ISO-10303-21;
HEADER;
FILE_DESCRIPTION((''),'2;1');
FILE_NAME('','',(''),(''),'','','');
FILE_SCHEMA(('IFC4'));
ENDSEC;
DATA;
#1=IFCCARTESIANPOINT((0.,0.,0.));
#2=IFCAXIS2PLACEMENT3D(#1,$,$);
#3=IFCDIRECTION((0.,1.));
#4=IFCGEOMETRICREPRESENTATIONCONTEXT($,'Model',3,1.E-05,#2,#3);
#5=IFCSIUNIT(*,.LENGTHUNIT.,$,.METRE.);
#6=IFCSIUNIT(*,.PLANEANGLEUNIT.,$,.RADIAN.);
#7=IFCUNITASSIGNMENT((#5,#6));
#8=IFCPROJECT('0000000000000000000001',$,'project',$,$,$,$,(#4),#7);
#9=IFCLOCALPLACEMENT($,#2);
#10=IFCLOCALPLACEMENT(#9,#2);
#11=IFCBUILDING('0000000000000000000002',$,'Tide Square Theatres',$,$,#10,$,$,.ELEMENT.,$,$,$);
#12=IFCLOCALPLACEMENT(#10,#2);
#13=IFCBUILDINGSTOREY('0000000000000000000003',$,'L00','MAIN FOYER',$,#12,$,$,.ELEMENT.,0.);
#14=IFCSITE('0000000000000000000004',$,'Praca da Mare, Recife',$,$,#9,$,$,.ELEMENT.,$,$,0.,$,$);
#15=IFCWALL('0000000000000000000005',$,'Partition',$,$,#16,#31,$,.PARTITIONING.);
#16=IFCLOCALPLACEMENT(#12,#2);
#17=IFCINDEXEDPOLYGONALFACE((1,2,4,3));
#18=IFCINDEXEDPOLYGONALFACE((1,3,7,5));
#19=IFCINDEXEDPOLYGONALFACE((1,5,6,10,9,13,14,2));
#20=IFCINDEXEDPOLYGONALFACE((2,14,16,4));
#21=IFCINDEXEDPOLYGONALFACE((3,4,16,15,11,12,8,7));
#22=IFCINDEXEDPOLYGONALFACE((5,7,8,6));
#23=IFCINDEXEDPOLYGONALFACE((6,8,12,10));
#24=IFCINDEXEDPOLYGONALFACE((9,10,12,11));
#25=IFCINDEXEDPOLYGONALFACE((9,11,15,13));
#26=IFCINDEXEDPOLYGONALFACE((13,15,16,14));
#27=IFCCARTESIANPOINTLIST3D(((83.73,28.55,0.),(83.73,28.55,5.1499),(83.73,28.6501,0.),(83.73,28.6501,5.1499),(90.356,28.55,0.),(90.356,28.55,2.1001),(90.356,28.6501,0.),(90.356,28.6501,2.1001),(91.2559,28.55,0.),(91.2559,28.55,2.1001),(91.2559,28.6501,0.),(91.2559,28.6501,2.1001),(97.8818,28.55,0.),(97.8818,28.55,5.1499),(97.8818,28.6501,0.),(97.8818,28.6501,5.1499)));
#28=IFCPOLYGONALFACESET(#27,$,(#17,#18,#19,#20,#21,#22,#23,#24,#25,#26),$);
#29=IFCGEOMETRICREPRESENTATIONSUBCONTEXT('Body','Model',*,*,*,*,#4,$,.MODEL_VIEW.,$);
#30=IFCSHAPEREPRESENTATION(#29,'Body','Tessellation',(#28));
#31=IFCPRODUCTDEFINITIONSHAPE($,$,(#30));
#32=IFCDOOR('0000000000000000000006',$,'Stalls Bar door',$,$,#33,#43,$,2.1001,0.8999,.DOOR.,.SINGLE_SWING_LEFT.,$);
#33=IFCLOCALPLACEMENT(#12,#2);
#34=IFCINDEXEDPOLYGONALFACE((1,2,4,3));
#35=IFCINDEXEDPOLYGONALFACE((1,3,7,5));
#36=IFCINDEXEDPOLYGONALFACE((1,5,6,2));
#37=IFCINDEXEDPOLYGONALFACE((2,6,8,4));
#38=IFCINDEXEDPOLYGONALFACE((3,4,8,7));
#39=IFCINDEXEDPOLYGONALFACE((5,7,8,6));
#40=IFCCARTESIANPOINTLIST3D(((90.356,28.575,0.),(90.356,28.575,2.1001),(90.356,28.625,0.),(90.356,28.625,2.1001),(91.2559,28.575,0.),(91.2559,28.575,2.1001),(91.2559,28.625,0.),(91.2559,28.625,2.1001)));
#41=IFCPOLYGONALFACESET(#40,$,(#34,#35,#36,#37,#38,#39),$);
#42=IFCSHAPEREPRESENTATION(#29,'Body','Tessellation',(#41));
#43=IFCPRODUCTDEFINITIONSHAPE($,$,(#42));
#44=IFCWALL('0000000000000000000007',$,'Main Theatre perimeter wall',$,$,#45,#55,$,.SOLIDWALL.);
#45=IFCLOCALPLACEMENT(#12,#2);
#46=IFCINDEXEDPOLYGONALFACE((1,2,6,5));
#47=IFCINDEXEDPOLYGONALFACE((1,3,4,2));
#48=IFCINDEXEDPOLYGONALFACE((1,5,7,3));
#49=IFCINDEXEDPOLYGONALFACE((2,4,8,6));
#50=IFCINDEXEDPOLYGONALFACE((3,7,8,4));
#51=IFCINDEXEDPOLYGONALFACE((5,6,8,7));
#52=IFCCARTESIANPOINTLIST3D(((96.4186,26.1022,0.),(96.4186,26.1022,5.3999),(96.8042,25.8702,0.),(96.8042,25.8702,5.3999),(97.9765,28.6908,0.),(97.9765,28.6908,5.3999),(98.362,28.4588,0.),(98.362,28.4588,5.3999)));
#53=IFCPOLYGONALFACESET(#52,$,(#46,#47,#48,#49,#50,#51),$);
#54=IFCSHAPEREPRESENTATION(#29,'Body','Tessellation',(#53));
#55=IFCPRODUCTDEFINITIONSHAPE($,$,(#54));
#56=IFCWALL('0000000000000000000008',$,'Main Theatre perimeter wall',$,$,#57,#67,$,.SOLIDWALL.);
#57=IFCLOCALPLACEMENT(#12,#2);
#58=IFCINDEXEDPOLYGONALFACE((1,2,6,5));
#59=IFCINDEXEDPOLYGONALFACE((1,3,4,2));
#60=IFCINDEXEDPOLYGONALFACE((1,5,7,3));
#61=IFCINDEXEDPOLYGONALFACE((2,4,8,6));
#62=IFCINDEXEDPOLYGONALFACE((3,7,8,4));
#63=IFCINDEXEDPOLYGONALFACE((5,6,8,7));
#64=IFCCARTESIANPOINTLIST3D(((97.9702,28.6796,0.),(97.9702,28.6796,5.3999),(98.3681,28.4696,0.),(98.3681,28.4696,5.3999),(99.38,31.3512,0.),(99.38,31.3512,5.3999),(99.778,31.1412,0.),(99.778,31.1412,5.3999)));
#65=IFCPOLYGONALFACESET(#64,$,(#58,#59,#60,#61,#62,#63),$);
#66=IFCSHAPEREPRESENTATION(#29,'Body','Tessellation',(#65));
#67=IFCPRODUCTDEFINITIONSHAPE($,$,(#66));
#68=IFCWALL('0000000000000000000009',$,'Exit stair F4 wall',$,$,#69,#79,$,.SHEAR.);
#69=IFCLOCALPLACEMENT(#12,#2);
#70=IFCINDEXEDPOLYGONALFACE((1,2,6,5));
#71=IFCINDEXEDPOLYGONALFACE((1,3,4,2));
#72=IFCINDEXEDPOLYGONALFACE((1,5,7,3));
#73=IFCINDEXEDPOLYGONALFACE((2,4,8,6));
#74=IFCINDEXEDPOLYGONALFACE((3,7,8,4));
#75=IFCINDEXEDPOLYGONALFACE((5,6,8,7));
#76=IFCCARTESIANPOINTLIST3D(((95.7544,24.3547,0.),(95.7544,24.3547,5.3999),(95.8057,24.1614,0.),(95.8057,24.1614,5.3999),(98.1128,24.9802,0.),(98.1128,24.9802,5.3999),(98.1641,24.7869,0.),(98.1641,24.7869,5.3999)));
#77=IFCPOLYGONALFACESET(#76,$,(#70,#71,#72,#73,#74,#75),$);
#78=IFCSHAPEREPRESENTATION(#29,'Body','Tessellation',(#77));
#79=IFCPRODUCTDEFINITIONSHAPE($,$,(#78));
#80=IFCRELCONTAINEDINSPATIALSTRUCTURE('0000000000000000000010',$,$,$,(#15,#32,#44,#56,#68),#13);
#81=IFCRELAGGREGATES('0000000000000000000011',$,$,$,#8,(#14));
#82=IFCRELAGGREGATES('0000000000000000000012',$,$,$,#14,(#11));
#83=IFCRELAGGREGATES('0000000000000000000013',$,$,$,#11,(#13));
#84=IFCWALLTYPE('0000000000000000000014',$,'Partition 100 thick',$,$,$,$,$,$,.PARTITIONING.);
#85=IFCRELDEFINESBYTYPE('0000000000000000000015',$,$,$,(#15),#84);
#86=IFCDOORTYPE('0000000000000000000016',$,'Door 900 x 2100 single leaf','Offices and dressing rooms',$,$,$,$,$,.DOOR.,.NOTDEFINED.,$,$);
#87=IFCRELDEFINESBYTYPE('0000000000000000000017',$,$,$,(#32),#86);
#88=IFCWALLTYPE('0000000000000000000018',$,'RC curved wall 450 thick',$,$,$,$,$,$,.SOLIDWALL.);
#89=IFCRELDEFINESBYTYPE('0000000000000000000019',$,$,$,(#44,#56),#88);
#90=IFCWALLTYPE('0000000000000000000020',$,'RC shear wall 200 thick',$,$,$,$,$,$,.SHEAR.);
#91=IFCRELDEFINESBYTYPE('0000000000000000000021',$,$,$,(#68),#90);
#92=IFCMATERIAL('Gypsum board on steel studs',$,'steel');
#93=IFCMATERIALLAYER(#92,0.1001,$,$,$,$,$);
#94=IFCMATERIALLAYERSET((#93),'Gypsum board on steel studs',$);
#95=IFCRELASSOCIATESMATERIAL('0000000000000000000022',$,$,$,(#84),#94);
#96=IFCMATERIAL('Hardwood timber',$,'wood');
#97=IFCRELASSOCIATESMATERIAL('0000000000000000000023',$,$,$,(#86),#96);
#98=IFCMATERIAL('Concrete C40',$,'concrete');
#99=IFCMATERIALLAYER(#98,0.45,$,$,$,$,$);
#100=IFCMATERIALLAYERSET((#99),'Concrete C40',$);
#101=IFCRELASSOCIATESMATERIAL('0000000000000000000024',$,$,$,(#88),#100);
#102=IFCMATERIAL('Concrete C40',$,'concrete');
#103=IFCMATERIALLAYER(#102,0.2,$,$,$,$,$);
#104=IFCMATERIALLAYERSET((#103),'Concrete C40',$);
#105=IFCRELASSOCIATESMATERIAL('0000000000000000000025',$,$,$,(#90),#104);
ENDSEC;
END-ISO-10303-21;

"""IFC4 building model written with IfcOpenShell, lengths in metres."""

from ifc_helpers import new_model, si_unit, direction, frame, frame_2d, origin, place, context, subcontext, project, spatial, rectangle, extrude, material, layer, layer_set, type_object, element, fill, save


model = new_model("IFC4")

# Units and contexts
model_context = context("Model", 3, precision=1e-05, world=origin(), true_north=direction((0.0, 1.0)))
body_context = subcontext(model_context, "Body", "Model", "MODEL_VIEW")
ifc_project = project(units=[si_unit("LENGTHUNIT", "METRE"), si_unit("PLANEANGLEUNIT", "RADIAN")], contexts=[model_context])

# Site, building, storey
site_placement = place(None, origin())
site = spatial("IfcSite", under=ifc_project, at=site_placement, Name="Praca da Mare, Recife", CompositionType="ELEMENT", RefElevation=0.0)
building_placement = place(site_placement, origin())
building = spatial("IfcBuilding", under=site, at=building_placement, Name="Tide Square Theatres", CompositionType="ELEMENT")
storey_placement = place(building_placement, origin())
storey = spatial("IfcBuildingStorey", under=building, at=storey_placement, Name="L00", Description="MAIN FOYER", CompositionType="ELEMENT", Elevation=0.0)

# Wall, opening, door
ifc_material_1 = material(Name="Gypsum board on steel studs", Category="steel")
ifc_layer_1 = layer(ifc_material_1, 0.1001)
ifc_layer_set_1 = layer_set([ifc_layer_1], Name="Gypsum board on steel studs")
wall_type_1 = type_object("IfcWallType", Name="Partition 100 thick", PredefinedType="PARTITIONING", material=ifc_layer_set_1)
wall_1_placement = place(storey_placement, frame((97.8818, 28.6001, 0.0), z_axis=(0.0, 0.0, 1.0), x_axis=(-1.0, 0.0, 0.0)))
wall_1 = element("IfcWall", 1, at=wall_1_placement, inside=storey, type_object=wall_type_1, Name="Partition", PredefinedType="PARTITIONING", context=body_context, shape_type="SweptSolid", body=[
    extrude(rectangle(XDim=14.1519, YDim=0.1001, at=frame_2d((7.0759, 0.0))), origin(), (0.0, 0.0, 1.0), 5.1499),
])
opening_placement = place(wall_1_placement, frame((6.626, 0.0, 0.0)))
opening = element("IfcOpeningElement", 2, at=opening_placement, cuts=wall_1, PredefinedType="OPENING", context=body_context, shape_type="SweptSolid", body=[
    extrude(rectangle(XDim=0.8999, YDim=2.1001, at=frame_2d((0.45, 1.05))), frame((0.0, 0.0601, 0.0), z_axis=(0.0, -1.0, 0.0), x_axis=(1.0, 0.0, 0.0)), (0.0, 0.0, 1.0), 0.1201),
])
ifc_material_2 = material(Name="Hardwood timber", Category="wood")
door_type = type_object("IfcDoorType", Name="Door 900 x 2100 single leaf", Description="Offices and dressing rooms", OperationType="NOTDEFINED", PredefinedType="DOOR", material=ifc_material_2)
door_placement = place(opening_placement, frame((0.8999, 0.0, 0.0), z_axis=(0.0, 0.0, 1.0), x_axis=(-1.0, 0.0, 0.0)))
door = element("IfcDoor", 3, at=door_placement, inside=storey, type_object=door_type, Name="Stalls Bar door", OperationType="SINGLE_SWING_LEFT", OverallHeight=2.1001, OverallWidth=0.8999, PredefinedType="DOOR", context=body_context, shape_type="SweptSolid", body=[
    extrude(rectangle(XDim=0.8999, YDim=2.1001, at=frame_2d((0.45, 1.05))), frame((0.0, 0.0249, 0.0), z_axis=(0.0, -1.0, 0.0), x_axis=(1.0, 0.0, 0.0)), (0.0, 0.0, 1.0), 0.05),
])
fill(opening, door)

# Walls
ifc_material_3 = material(Name="Concrete C40", Category="concrete")
ifc_layer_2 = layer(ifc_material_3, 0.45)
ifc_layer_set_2 = layer_set([ifc_layer_2], Name="Concrete C40")
wall_type_2 = type_object("IfcWallType", Name="RC curved wall 450 thick", PredefinedType="SOLIDWALL", material=ifc_layer_set_2)
wall_2_placement = place(storey_placement, frame((96.6113, 25.9861, 0.0), z_axis=(0.0, 0.0, 1.0), x_axis=(0.515636, 0.856808, 0.0)))
element("IfcWall", 4, at=wall_2_placement, inside=storey, type_object=wall_type_2, Name="Main Theatre perimeter wall", PredefinedType="SOLIDWALL", context=body_context, shape_type="SweptSolid", body=[
    extrude(rectangle(XDim=3.0212, YDim=0.45, at=frame_2d((1.5107, 0.0))), origin(), (0.0, 0.0, 1.0), 5.3999),
])
wall_3_placement = place(storey_placement, frame((98.1692, 28.5747, 0.0), z_axis=(0.0, 0.0, 1.0), x_axis=(0.466729, 0.884401, 0.0)))
element("IfcWall", 5, at=wall_3_placement, inside=storey, type_object=wall_type_2, Name="Main Theatre perimeter wall", PredefinedType="SOLIDWALL", context=body_context, shape_type="SweptSolid", body=[
    extrude(rectangle(XDim=3.0208, YDim=0.45, at=frame_2d((1.5103, 0.0))), origin(), (0.0, 0.0, 1.0), 5.3999),
])
ifc_material_4 = material(Name="Concrete C40", Category="concrete")
ifc_layer_3 = layer(ifc_material_4, 0.2)
ifc_layer_set_3 = layer_set([ifc_layer_3], Name="Concrete C40")
wall_type_3 = type_object("IfcWallType", Name="RC shear wall 200 thick", PredefinedType="SHEAR", material=ifc_layer_set_3)
wall_4_placement = place(storey_placement, frame((98.1384, 24.8835, 0.0), z_axis=(0.0, 0.0, 1.0), x_axis=(-0.966583, -0.256355, 0.0)))
element("IfcWall", 6, at=wall_4_placement, inside=storey, type_object=wall_type_3, Name="Exit stair F4 wall", PredefinedType="SHEAR", context=body_context, shape_type="SweptSolid", body=[
    extrude(rectangle(XDim=2.4399, YDim=0.2, at=frame_2d((1.22, 0.0))), origin(), (0.0, 0.0, 1.0), 5.3999),
])

save(model, "model.ifc")
